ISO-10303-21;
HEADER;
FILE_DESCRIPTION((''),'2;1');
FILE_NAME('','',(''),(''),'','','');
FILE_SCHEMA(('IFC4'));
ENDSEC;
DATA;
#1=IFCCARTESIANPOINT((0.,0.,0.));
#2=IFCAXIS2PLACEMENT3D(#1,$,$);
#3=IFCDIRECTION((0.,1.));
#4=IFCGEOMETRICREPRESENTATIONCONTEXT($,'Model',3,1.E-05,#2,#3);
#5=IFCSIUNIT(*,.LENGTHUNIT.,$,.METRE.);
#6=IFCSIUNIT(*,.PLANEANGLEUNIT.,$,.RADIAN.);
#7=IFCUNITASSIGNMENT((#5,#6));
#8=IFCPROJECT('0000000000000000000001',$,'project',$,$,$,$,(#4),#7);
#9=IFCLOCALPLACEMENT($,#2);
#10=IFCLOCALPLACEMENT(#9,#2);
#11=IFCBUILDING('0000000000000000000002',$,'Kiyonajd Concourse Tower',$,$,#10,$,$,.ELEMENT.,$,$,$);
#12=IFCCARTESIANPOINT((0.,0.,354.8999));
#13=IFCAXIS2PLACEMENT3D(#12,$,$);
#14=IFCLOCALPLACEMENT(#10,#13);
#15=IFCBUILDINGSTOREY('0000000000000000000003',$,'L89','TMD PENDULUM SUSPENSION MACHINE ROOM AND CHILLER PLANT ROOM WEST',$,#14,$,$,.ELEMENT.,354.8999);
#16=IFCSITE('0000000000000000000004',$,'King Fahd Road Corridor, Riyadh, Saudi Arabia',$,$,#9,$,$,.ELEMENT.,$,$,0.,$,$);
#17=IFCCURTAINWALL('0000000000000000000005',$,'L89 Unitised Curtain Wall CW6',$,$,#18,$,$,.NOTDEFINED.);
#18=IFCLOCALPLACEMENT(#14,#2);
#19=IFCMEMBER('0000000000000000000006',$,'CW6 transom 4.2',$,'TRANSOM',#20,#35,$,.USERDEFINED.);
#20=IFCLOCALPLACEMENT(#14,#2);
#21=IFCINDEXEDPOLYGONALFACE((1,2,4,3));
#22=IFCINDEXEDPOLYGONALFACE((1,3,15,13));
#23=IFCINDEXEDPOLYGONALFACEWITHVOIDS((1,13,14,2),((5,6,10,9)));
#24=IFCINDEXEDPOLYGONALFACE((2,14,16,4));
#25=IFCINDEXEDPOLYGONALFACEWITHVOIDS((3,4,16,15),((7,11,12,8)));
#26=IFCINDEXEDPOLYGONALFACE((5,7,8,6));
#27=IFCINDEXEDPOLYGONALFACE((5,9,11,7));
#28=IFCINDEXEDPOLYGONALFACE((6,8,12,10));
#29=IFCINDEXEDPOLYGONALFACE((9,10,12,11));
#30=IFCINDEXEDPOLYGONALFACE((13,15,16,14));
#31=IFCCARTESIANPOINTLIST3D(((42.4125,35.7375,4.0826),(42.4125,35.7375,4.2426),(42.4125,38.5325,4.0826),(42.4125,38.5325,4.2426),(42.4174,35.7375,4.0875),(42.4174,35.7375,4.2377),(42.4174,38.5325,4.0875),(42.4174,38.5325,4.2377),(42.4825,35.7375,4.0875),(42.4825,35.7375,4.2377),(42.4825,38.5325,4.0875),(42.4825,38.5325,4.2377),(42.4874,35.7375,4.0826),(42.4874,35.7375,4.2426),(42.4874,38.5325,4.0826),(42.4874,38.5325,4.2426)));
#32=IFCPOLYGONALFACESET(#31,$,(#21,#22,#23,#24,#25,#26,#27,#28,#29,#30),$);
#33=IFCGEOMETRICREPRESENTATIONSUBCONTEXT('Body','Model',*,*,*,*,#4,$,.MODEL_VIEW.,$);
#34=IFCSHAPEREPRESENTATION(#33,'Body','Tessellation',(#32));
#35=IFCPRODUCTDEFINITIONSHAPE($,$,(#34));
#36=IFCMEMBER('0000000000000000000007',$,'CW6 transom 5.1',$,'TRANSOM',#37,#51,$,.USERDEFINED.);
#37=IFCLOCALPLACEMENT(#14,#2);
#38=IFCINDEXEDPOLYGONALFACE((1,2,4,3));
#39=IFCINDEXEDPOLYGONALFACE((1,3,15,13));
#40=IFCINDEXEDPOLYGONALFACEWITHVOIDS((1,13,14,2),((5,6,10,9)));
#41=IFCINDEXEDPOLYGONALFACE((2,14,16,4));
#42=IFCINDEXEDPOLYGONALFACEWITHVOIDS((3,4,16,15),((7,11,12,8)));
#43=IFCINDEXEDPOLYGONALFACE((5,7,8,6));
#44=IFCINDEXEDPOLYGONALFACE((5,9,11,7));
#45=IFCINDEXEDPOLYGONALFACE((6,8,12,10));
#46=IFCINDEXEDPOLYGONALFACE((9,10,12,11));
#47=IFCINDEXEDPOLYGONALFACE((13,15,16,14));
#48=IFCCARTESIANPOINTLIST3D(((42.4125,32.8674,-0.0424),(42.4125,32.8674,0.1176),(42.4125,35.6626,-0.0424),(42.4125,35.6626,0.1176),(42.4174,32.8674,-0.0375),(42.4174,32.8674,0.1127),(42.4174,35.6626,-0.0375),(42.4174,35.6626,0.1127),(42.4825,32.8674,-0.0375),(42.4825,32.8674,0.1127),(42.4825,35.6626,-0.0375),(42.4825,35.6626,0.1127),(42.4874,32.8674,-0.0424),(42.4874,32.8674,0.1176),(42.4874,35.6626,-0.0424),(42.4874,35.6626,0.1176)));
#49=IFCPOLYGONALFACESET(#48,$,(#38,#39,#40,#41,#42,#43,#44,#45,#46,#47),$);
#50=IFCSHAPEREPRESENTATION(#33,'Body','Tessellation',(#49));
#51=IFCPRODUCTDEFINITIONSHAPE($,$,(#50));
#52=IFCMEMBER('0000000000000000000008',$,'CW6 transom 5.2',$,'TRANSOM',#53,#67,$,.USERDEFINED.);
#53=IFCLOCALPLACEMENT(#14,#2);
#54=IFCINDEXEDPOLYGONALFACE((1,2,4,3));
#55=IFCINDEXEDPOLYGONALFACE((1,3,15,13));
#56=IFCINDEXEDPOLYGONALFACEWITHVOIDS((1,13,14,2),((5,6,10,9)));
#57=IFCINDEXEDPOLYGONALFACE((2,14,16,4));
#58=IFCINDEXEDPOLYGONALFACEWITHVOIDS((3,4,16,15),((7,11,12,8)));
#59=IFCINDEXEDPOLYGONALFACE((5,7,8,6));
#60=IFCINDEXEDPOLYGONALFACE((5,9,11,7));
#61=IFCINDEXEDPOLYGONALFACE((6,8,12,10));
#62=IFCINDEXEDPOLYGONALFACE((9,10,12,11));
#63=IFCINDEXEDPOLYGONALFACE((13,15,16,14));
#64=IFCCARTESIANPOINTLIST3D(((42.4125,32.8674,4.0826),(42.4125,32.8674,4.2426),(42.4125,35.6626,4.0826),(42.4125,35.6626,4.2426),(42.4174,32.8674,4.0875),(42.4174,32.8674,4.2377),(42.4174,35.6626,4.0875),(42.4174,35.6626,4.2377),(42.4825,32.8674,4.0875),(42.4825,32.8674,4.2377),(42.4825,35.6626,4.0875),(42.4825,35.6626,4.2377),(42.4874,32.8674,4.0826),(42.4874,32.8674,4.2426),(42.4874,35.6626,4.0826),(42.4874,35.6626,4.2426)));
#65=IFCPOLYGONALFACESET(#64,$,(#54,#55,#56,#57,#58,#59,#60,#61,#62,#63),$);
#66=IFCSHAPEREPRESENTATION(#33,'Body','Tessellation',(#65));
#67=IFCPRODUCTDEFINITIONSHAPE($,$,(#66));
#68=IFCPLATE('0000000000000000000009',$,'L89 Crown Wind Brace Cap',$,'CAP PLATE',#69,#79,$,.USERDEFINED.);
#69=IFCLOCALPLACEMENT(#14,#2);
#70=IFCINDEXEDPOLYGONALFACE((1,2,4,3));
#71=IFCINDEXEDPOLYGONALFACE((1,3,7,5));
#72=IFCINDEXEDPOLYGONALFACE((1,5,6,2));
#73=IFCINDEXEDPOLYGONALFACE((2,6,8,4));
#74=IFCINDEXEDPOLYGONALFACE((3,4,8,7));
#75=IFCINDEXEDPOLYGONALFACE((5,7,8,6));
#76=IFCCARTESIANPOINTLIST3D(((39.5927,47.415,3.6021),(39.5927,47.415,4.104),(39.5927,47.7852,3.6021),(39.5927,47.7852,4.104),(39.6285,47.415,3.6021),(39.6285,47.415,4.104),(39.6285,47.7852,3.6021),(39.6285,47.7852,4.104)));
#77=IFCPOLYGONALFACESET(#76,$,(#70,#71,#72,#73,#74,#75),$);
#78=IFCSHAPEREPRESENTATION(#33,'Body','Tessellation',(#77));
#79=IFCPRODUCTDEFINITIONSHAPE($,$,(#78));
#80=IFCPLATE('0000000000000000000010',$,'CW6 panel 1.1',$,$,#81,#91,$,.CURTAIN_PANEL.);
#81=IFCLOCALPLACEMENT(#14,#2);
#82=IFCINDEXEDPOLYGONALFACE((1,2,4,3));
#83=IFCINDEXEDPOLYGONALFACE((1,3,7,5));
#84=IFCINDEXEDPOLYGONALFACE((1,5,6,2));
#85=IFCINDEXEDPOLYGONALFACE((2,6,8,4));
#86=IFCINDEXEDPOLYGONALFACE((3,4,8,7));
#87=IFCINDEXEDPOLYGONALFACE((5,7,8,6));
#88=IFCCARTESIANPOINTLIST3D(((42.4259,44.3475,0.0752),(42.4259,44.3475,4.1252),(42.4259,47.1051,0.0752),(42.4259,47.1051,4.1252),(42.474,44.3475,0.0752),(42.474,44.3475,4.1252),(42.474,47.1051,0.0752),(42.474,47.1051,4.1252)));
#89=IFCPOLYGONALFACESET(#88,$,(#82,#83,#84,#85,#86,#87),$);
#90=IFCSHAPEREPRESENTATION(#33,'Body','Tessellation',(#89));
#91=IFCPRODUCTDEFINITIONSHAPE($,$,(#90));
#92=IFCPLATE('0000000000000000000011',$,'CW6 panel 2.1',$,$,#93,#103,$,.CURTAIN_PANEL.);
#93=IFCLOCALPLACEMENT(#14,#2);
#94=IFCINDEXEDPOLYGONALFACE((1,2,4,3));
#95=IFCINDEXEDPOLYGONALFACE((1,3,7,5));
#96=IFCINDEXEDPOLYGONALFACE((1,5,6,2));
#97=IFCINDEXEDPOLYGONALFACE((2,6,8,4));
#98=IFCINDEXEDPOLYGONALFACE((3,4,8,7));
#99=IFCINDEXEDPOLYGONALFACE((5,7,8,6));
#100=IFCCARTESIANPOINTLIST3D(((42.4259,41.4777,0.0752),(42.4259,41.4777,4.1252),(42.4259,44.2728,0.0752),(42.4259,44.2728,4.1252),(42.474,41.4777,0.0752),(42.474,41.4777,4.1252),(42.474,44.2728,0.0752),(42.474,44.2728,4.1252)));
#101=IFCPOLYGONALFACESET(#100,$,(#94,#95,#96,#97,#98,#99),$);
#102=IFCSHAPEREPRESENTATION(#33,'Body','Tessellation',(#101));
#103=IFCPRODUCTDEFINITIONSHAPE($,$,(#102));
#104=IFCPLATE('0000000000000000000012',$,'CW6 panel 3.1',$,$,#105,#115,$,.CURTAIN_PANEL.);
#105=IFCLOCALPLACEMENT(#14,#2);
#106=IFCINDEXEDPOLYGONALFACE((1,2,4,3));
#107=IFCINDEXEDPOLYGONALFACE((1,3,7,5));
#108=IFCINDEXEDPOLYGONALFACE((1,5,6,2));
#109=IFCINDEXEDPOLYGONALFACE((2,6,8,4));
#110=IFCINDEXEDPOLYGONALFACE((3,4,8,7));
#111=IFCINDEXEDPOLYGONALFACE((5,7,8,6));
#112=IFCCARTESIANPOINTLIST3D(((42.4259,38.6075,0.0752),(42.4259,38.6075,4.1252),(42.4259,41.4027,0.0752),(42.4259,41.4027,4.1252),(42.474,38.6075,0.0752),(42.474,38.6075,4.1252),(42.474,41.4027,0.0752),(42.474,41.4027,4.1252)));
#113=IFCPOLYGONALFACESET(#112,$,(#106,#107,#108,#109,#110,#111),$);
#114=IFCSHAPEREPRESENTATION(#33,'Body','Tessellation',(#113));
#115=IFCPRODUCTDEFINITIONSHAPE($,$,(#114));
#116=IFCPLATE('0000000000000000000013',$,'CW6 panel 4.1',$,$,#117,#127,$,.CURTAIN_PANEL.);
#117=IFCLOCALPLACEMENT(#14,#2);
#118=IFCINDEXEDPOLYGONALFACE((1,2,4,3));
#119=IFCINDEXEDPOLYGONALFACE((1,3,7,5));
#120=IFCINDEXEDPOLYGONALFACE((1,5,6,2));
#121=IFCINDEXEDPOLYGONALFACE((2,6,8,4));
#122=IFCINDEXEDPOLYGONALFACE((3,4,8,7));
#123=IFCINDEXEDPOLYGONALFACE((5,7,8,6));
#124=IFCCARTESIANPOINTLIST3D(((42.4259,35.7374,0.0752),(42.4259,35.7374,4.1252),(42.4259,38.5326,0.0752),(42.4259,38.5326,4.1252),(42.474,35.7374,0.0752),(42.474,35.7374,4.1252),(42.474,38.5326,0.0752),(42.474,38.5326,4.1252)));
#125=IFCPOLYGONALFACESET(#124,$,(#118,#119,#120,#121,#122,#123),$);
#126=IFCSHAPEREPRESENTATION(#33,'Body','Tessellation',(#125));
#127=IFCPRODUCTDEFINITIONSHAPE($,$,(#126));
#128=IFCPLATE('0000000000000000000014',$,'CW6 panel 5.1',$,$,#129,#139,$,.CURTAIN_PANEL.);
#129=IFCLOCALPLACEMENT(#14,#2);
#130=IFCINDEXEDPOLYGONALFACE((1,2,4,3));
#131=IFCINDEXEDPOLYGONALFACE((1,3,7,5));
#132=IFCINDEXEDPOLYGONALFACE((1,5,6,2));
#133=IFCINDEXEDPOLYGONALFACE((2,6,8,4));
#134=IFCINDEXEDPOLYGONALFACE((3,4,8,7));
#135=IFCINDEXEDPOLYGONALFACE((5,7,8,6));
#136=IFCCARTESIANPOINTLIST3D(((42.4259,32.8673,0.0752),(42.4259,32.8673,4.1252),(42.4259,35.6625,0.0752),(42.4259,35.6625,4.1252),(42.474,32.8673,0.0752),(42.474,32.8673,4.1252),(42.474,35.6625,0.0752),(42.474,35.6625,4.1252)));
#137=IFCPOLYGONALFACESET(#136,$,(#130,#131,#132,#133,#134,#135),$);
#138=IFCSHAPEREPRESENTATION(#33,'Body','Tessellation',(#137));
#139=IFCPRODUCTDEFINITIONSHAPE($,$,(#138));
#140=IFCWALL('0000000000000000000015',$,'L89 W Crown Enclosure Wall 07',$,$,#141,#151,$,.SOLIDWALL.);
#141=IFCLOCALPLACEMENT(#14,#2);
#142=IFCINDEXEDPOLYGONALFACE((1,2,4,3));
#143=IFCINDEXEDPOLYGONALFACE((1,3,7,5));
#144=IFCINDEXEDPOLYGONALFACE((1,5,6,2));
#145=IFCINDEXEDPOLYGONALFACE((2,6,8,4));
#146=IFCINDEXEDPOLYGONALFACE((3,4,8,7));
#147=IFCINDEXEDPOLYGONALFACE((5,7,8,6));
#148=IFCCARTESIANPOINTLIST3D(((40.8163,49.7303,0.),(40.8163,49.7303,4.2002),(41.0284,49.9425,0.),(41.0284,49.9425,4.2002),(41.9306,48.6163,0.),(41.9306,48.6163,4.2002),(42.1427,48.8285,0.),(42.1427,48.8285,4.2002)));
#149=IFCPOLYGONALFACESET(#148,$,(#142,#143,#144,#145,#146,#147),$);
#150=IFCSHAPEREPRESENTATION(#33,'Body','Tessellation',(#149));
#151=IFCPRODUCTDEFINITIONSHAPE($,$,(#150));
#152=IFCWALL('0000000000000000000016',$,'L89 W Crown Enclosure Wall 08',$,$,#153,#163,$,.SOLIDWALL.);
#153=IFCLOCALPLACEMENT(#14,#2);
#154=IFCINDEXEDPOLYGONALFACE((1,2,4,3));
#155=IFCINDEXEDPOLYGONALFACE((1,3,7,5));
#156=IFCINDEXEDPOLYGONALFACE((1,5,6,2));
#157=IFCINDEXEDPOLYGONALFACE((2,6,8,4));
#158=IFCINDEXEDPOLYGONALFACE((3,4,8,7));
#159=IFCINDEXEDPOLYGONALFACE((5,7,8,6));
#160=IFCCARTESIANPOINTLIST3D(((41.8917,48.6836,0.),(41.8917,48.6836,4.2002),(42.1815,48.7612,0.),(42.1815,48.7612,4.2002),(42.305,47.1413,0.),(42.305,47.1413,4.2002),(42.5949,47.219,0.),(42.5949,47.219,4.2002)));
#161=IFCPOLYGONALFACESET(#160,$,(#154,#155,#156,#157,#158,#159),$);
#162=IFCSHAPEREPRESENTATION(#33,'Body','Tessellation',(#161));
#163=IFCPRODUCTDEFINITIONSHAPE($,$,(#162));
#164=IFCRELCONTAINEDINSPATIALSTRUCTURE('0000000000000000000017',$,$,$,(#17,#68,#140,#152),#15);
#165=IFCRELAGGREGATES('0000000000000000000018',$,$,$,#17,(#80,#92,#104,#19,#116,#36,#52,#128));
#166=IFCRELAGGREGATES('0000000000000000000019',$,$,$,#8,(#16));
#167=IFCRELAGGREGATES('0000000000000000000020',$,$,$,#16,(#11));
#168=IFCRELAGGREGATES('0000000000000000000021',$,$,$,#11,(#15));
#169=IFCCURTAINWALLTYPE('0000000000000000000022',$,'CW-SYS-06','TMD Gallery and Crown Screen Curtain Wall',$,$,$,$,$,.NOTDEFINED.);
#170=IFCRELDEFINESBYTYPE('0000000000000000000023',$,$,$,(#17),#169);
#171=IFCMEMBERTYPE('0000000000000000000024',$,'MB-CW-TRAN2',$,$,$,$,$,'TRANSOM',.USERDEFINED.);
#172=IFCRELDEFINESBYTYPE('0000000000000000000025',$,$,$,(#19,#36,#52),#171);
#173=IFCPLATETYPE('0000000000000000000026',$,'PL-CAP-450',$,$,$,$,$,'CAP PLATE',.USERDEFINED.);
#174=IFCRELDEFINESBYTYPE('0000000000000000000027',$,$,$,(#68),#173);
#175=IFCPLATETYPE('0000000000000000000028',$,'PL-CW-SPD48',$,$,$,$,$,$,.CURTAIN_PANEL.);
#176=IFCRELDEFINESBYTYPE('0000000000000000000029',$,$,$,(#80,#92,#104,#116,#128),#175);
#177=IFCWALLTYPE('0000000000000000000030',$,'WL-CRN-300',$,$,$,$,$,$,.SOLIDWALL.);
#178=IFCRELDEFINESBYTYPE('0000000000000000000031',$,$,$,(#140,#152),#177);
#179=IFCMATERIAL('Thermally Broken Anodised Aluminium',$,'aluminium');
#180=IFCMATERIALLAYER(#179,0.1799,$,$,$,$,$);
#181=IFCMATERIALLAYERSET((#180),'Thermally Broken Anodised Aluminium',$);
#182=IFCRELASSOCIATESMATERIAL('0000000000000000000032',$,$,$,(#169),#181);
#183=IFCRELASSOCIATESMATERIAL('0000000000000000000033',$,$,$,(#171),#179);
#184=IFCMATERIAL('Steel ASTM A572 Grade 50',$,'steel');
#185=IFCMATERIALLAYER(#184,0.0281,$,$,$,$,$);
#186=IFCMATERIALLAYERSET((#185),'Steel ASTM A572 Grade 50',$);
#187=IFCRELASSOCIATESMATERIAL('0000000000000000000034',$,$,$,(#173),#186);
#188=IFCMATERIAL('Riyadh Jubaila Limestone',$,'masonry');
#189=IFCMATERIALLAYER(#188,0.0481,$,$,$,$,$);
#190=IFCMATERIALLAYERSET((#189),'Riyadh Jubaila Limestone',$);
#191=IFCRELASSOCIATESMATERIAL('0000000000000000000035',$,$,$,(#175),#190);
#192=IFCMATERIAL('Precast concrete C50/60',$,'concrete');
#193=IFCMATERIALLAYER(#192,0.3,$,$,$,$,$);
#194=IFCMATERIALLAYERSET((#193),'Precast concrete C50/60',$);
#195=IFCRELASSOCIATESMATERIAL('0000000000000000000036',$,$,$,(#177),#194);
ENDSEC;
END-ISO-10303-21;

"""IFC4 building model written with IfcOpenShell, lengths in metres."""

from ifc_helpers import new_model, si_unit, direction, frame, frame_2d, origin, origin_2d, place, context, subcontext, project, spatial, rectangle, hollow_rectangle, extrude, material, layer, layer_set, material_profile, profile_set, type_object, element, aggregate, save


model = new_model("IFC4")

# Units and contexts
model_context = context("Model", 3, precision=1e-05, world=origin(), true_north=direction((0.0, 1.0)))
body_context = subcontext(model_context, "Body", "Model", "MODEL_VIEW")
ifc_project = project(units=[si_unit("LENGTHUNIT", "METRE"), si_unit("PLANEANGLEUNIT", "RADIAN")], contexts=[model_context])

# Site, building, storey
site_placement = place(None, origin())
site = spatial("IfcSite", under=ifc_project, at=site_placement, Name="King Fahd Road Corridor, Riyadh, Saudi Arabia", CompositionType="ELEMENT", RefElevation=0.0)
building_placement = place(site_placement, origin())
building = spatial("IfcBuilding", under=site, at=building_placement, Name="Kiyonajd Concourse Tower", CompositionType="ELEMENT")
storey_placement = place(building_placement, frame((0.0, 0.0, 354.8999)))
storey = spatial("IfcBuildingStorey", under=building, at=storey_placement, Name="L89", Description="TMD PENDULUM SUSPENSION MACHINE ROOM AND CHILLER PLANT ROOM WEST", CompositionType="ELEMENT", Elevation=354.8999)

# Shared definitions
ifc_material_1 = material(Name="Steel ASTM A572 Grade 50", Category="steel")

# Curtain wall
ifc_material_2 = material(Name="Thermally Broken Anodised Aluminium", Category="aluminium")
ifc_layer_1 = layer(ifc_material_2, 0.1799)
ifc_layer_set_1 = layer_set([ifc_layer_1], Name="Thermally Broken Anodised Aluminium")
curtain_wall_type = type_object("IfcCurtainWallType", Name="CW-SYS-06", Description="TMD Gallery and Crown Screen Curtain Wall", PredefinedType="NOTDEFINED", material=ifc_layer_set_1)
curtain_wall_1_placement = place(storey_placement, origin())
curtain_wall_1 = element("IfcCurtainWall", 1, at=curtain_wall_1_placement, inside=storey, type_object=curtain_wall_type, Name="L89 Unitised Curtain Wall CW6", PredefinedType="NOTDEFINED")

# Members
ifc_material_profile_1 = material_profile(ifc_material_2, hollow_rectangle(XDim=0.075, YDim=0.1599, WallThickness=0.0049, at=origin_2d()), Name="TRAN-75x160")
ifc_profile_set_1 = profile_set([ifc_material_profile_1], Name="Thermally Broken Anodised Aluminium")
member_type_1 = type_object("IfcMemberType", Name="MB-CW-TRAN2", ElementType="TRANSOM", PredefinedType="USERDEFINED", material=ifc_profile_set_1)
member_1_placement = place(storey_placement, frame((42.45, 38.5325, 4.1626), z_axis=(0.0, -1.0, 0.0), x_axis=(1.0, 0.0, 0.0)))
member_1 = element("IfcMember", 2, at=member_1_placement, type_object=member_type_1, Name="CW6 transom 4.2", ObjectType="TRANSOM", PredefinedType="USERDEFINED", context=body_context, shape_type="SweptSolid", body=[
    extrude(hollow_rectangle(XDim=0.075, YDim=0.1599, WallThickness=0.0049, at=origin_2d()), origin(), (0.0, 0.0, 1.0), 2.7949),
])
member_2_placement = place(storey_placement, frame((42.45, 35.6626, 0.0376), z_axis=(0.0, -1.0, 0.0), x_axis=(1.0, 0.0, 0.0)))
member_2 = element("IfcMember", 3, at=member_2_placement, type_object=member_type_1, Name="CW6 transom 5.1", ObjectType="TRANSOM", PredefinedType="USERDEFINED", context=body_context, shape_type="SweptSolid", body=[
    extrude(hollow_rectangle(XDim=0.075, YDim=0.1599, WallThickness=0.0049, at=origin_2d()), origin(), (0.0, 0.0, 1.0), 2.7952),
])
member_3_placement = place(storey_placement, frame((42.45, 35.6626, 4.1626), z_axis=(0.0, -1.0, 0.0), x_axis=(1.0, 0.0, 0.0)))
member_3 = element("IfcMember", 4, at=member_3_placement, type_object=member_type_1, Name="CW6 transom 5.2", ObjectType="TRANSOM", PredefinedType="USERDEFINED", context=body_context, shape_type="SweptSolid", body=[
    extrude(hollow_rectangle(XDim=0.075, YDim=0.1599, WallThickness=0.0049, at=origin_2d()), origin(), (0.0, 0.0, 1.0), 2.7952),
])

# Plates
ifc_layer_2 = layer(ifc_material_1, 0.0281)
ifc_layer_set_2 = layer_set([ifc_layer_2], Name="Steel ASTM A572 Grade 50")
plate_type_1 = type_object("IfcPlateType", Name="PL-CAP-450", ElementType="CAP PLATE", PredefinedType="USERDEFINED", material=ifc_layer_set_2)
plate_1_placement = place(storey_placement, frame((39.6106, 47.6001, 3.6021), z_axis=(0.0, 0.0, 1.0), x_axis=(1.0, 0.0, 0.0)))
element("IfcPlate", 5, at=plate_1_placement, inside=storey, type_object=plate_type_1, Name="L89 Crown Wind Brace Cap", ObjectType="CAP PLATE", PredefinedType="USERDEFINED", context=body_context, shape_type="SweptSolid", body=[
    extrude(rectangle(XDim=0.0359, YDim=0.3701, at=origin_2d()), origin(), (0.0, 0.0, 1.0), 0.502),
])
ifc_material_3 = material(Name="Riyadh Jubaila Limestone", Category="masonry")
ifc_layer_3 = layer(ifc_material_3, 0.0481)
ifc_layer_set_3 = layer_set([ifc_layer_3], Name="Riyadh Jubaila Limestone")
plate_type_2 = type_object("IfcPlateType", Name="PL-CW-SPD48", PredefinedType="CURTAIN_PANEL", material=ifc_layer_set_3)
plate_2_placement = place(storey_placement, frame((42.45, 45.7263, 0.0752), z_axis=(0.0, 0.0, 1.0), x_axis=(0.0, -1.0, 0.0)))
plate_2 = element("IfcPlate", 6, at=plate_2_placement, type_object=plate_type_2, Name="CW6 panel 1.1", PredefinedType="CURTAIN_PANEL", context=body_context, shape_type="SweptSolid", body=[
    extrude(rectangle(XDim=2.7576, YDim=0.0481, at=origin_2d()), origin(), (0.0, 0.0, 1.0), 4.05),
])
plate_3_placement = place(storey_placement, frame((42.45, 42.8752, 0.0752), z_axis=(0.0, 0.0, 1.0), x_axis=(0.0, -1.0, 0.0)))
plate_3 = element("IfcPlate", 7, at=plate_3_placement, type_object=plate_type_2, Name="CW6 panel 2.1", PredefinedType="CURTAIN_PANEL", context=body_context, shape_type="SweptSolid", body=[
    extrude(rectangle(XDim=2.7952, YDim=0.0481, at=origin_2d()), origin(), (0.0, 0.0, 1.0), 4.05),
])
plate_4_placement = place(storey_placement, frame((42.45, 40.0051, 0.0752), z_axis=(0.0, 0.0, 1.0), x_axis=(0.0, -1.0, 0.0)))
plate_4 = element("IfcPlate", 8, at=plate_4_placement, type_object=plate_type_2, Name="CW6 panel 3.1", PredefinedType="CURTAIN_PANEL", context=body_context, shape_type="SweptSolid", body=[
    extrude(rectangle(XDim=2.7952, YDim=0.0481, at=origin_2d()), origin(), (0.0, 0.0, 1.0), 4.05),
])
plate_5_placement = place(storey_placement, frame((42.45, 37.135, 0.0752), z_axis=(0.0, 0.0, 1.0), x_axis=(0.0, -1.0, 0.0)))
plate_5 = element("IfcPlate", 9, at=plate_5_placement, type_object=plate_type_2, Name="CW6 panel 4.1", PredefinedType="CURTAIN_PANEL", context=body_context, shape_type="SweptSolid", body=[
    extrude(rectangle(XDim=2.7952, YDim=0.0481, at=origin_2d()), origin(), (0.0, 0.0, 1.0), 4.05),
])
plate_6_placement = place(storey_placement, frame((42.45, 34.2649, 0.0752), z_axis=(0.0, 0.0, 1.0), x_axis=(0.0, -1.0, 0.0)))
plate_6 = element("IfcPlate", 10, at=plate_6_placement, type_object=plate_type_2, Name="CW6 panel 5.1", PredefinedType="CURTAIN_PANEL", context=body_context, shape_type="SweptSolid", body=[
    extrude(rectangle(XDim=2.7952, YDim=0.0481, at=origin_2d()), origin(), (0.0, 0.0, 1.0), 4.05),
])
aggregate(curtain_wall_1, [plate_2, plate_3, plate_4, member_1, plate_5, member_2, member_3, plate_6])

# Walls
ifc_material_4 = material(Name="Precast concrete C50/60", Category="concrete")
ifc_layer_4 = layer(ifc_material_4, 0.3)
ifc_layer_set_4 = layer_set([ifc_layer_4], Name="Precast concrete C50/60")
wall_type_1 = type_object("IfcWallType", Name="WL-CRN-300", PredefinedType="SOLIDWALL", material=ifc_layer_set_4)
wall_1_placement = place(storey_placement, frame((40.9224, 49.8364, 0.0), z_axis=(0.0, 0.0, 1.0), x_axis=(0.707184, -0.707029, 0.0)))
element("IfcWall", 11, at=wall_1_placement, inside=storey, type_object=wall_type_1, Name="L89 W Crown Enclosure Wall 07", PredefinedType="SOLIDWALL", context=body_context, shape_type="SweptSolid", body=[
    extrude(rectangle(XDim=1.5757, YDim=0.3, at=frame_2d((0.7878, 0.0))), origin(), (0.0, 0.0, 1.0), 4.2002),
])
wall_2_placement = place(storey_placement, frame((42.0366, 48.7224, 0.0), z_axis=(0.0, 0.0, 1.0), x_axis=(0.258871, -0.965912, 0.0)))
element("IfcWall", 12, at=wall_2_placement, inside=storey, type_object=wall_type_1, Name="L89 W Crown Enclosure Wall 08", PredefinedType="SOLIDWALL", context=body_context, shape_type="SweptSolid", body=[
    extrude(rectangle(XDim=1.5967, YDim=0.3, at=frame_2d((0.7983, 0.0))), origin(), (0.0, 0.0, 1.0), 4.2002),
])

save(model, "model.ifc")
